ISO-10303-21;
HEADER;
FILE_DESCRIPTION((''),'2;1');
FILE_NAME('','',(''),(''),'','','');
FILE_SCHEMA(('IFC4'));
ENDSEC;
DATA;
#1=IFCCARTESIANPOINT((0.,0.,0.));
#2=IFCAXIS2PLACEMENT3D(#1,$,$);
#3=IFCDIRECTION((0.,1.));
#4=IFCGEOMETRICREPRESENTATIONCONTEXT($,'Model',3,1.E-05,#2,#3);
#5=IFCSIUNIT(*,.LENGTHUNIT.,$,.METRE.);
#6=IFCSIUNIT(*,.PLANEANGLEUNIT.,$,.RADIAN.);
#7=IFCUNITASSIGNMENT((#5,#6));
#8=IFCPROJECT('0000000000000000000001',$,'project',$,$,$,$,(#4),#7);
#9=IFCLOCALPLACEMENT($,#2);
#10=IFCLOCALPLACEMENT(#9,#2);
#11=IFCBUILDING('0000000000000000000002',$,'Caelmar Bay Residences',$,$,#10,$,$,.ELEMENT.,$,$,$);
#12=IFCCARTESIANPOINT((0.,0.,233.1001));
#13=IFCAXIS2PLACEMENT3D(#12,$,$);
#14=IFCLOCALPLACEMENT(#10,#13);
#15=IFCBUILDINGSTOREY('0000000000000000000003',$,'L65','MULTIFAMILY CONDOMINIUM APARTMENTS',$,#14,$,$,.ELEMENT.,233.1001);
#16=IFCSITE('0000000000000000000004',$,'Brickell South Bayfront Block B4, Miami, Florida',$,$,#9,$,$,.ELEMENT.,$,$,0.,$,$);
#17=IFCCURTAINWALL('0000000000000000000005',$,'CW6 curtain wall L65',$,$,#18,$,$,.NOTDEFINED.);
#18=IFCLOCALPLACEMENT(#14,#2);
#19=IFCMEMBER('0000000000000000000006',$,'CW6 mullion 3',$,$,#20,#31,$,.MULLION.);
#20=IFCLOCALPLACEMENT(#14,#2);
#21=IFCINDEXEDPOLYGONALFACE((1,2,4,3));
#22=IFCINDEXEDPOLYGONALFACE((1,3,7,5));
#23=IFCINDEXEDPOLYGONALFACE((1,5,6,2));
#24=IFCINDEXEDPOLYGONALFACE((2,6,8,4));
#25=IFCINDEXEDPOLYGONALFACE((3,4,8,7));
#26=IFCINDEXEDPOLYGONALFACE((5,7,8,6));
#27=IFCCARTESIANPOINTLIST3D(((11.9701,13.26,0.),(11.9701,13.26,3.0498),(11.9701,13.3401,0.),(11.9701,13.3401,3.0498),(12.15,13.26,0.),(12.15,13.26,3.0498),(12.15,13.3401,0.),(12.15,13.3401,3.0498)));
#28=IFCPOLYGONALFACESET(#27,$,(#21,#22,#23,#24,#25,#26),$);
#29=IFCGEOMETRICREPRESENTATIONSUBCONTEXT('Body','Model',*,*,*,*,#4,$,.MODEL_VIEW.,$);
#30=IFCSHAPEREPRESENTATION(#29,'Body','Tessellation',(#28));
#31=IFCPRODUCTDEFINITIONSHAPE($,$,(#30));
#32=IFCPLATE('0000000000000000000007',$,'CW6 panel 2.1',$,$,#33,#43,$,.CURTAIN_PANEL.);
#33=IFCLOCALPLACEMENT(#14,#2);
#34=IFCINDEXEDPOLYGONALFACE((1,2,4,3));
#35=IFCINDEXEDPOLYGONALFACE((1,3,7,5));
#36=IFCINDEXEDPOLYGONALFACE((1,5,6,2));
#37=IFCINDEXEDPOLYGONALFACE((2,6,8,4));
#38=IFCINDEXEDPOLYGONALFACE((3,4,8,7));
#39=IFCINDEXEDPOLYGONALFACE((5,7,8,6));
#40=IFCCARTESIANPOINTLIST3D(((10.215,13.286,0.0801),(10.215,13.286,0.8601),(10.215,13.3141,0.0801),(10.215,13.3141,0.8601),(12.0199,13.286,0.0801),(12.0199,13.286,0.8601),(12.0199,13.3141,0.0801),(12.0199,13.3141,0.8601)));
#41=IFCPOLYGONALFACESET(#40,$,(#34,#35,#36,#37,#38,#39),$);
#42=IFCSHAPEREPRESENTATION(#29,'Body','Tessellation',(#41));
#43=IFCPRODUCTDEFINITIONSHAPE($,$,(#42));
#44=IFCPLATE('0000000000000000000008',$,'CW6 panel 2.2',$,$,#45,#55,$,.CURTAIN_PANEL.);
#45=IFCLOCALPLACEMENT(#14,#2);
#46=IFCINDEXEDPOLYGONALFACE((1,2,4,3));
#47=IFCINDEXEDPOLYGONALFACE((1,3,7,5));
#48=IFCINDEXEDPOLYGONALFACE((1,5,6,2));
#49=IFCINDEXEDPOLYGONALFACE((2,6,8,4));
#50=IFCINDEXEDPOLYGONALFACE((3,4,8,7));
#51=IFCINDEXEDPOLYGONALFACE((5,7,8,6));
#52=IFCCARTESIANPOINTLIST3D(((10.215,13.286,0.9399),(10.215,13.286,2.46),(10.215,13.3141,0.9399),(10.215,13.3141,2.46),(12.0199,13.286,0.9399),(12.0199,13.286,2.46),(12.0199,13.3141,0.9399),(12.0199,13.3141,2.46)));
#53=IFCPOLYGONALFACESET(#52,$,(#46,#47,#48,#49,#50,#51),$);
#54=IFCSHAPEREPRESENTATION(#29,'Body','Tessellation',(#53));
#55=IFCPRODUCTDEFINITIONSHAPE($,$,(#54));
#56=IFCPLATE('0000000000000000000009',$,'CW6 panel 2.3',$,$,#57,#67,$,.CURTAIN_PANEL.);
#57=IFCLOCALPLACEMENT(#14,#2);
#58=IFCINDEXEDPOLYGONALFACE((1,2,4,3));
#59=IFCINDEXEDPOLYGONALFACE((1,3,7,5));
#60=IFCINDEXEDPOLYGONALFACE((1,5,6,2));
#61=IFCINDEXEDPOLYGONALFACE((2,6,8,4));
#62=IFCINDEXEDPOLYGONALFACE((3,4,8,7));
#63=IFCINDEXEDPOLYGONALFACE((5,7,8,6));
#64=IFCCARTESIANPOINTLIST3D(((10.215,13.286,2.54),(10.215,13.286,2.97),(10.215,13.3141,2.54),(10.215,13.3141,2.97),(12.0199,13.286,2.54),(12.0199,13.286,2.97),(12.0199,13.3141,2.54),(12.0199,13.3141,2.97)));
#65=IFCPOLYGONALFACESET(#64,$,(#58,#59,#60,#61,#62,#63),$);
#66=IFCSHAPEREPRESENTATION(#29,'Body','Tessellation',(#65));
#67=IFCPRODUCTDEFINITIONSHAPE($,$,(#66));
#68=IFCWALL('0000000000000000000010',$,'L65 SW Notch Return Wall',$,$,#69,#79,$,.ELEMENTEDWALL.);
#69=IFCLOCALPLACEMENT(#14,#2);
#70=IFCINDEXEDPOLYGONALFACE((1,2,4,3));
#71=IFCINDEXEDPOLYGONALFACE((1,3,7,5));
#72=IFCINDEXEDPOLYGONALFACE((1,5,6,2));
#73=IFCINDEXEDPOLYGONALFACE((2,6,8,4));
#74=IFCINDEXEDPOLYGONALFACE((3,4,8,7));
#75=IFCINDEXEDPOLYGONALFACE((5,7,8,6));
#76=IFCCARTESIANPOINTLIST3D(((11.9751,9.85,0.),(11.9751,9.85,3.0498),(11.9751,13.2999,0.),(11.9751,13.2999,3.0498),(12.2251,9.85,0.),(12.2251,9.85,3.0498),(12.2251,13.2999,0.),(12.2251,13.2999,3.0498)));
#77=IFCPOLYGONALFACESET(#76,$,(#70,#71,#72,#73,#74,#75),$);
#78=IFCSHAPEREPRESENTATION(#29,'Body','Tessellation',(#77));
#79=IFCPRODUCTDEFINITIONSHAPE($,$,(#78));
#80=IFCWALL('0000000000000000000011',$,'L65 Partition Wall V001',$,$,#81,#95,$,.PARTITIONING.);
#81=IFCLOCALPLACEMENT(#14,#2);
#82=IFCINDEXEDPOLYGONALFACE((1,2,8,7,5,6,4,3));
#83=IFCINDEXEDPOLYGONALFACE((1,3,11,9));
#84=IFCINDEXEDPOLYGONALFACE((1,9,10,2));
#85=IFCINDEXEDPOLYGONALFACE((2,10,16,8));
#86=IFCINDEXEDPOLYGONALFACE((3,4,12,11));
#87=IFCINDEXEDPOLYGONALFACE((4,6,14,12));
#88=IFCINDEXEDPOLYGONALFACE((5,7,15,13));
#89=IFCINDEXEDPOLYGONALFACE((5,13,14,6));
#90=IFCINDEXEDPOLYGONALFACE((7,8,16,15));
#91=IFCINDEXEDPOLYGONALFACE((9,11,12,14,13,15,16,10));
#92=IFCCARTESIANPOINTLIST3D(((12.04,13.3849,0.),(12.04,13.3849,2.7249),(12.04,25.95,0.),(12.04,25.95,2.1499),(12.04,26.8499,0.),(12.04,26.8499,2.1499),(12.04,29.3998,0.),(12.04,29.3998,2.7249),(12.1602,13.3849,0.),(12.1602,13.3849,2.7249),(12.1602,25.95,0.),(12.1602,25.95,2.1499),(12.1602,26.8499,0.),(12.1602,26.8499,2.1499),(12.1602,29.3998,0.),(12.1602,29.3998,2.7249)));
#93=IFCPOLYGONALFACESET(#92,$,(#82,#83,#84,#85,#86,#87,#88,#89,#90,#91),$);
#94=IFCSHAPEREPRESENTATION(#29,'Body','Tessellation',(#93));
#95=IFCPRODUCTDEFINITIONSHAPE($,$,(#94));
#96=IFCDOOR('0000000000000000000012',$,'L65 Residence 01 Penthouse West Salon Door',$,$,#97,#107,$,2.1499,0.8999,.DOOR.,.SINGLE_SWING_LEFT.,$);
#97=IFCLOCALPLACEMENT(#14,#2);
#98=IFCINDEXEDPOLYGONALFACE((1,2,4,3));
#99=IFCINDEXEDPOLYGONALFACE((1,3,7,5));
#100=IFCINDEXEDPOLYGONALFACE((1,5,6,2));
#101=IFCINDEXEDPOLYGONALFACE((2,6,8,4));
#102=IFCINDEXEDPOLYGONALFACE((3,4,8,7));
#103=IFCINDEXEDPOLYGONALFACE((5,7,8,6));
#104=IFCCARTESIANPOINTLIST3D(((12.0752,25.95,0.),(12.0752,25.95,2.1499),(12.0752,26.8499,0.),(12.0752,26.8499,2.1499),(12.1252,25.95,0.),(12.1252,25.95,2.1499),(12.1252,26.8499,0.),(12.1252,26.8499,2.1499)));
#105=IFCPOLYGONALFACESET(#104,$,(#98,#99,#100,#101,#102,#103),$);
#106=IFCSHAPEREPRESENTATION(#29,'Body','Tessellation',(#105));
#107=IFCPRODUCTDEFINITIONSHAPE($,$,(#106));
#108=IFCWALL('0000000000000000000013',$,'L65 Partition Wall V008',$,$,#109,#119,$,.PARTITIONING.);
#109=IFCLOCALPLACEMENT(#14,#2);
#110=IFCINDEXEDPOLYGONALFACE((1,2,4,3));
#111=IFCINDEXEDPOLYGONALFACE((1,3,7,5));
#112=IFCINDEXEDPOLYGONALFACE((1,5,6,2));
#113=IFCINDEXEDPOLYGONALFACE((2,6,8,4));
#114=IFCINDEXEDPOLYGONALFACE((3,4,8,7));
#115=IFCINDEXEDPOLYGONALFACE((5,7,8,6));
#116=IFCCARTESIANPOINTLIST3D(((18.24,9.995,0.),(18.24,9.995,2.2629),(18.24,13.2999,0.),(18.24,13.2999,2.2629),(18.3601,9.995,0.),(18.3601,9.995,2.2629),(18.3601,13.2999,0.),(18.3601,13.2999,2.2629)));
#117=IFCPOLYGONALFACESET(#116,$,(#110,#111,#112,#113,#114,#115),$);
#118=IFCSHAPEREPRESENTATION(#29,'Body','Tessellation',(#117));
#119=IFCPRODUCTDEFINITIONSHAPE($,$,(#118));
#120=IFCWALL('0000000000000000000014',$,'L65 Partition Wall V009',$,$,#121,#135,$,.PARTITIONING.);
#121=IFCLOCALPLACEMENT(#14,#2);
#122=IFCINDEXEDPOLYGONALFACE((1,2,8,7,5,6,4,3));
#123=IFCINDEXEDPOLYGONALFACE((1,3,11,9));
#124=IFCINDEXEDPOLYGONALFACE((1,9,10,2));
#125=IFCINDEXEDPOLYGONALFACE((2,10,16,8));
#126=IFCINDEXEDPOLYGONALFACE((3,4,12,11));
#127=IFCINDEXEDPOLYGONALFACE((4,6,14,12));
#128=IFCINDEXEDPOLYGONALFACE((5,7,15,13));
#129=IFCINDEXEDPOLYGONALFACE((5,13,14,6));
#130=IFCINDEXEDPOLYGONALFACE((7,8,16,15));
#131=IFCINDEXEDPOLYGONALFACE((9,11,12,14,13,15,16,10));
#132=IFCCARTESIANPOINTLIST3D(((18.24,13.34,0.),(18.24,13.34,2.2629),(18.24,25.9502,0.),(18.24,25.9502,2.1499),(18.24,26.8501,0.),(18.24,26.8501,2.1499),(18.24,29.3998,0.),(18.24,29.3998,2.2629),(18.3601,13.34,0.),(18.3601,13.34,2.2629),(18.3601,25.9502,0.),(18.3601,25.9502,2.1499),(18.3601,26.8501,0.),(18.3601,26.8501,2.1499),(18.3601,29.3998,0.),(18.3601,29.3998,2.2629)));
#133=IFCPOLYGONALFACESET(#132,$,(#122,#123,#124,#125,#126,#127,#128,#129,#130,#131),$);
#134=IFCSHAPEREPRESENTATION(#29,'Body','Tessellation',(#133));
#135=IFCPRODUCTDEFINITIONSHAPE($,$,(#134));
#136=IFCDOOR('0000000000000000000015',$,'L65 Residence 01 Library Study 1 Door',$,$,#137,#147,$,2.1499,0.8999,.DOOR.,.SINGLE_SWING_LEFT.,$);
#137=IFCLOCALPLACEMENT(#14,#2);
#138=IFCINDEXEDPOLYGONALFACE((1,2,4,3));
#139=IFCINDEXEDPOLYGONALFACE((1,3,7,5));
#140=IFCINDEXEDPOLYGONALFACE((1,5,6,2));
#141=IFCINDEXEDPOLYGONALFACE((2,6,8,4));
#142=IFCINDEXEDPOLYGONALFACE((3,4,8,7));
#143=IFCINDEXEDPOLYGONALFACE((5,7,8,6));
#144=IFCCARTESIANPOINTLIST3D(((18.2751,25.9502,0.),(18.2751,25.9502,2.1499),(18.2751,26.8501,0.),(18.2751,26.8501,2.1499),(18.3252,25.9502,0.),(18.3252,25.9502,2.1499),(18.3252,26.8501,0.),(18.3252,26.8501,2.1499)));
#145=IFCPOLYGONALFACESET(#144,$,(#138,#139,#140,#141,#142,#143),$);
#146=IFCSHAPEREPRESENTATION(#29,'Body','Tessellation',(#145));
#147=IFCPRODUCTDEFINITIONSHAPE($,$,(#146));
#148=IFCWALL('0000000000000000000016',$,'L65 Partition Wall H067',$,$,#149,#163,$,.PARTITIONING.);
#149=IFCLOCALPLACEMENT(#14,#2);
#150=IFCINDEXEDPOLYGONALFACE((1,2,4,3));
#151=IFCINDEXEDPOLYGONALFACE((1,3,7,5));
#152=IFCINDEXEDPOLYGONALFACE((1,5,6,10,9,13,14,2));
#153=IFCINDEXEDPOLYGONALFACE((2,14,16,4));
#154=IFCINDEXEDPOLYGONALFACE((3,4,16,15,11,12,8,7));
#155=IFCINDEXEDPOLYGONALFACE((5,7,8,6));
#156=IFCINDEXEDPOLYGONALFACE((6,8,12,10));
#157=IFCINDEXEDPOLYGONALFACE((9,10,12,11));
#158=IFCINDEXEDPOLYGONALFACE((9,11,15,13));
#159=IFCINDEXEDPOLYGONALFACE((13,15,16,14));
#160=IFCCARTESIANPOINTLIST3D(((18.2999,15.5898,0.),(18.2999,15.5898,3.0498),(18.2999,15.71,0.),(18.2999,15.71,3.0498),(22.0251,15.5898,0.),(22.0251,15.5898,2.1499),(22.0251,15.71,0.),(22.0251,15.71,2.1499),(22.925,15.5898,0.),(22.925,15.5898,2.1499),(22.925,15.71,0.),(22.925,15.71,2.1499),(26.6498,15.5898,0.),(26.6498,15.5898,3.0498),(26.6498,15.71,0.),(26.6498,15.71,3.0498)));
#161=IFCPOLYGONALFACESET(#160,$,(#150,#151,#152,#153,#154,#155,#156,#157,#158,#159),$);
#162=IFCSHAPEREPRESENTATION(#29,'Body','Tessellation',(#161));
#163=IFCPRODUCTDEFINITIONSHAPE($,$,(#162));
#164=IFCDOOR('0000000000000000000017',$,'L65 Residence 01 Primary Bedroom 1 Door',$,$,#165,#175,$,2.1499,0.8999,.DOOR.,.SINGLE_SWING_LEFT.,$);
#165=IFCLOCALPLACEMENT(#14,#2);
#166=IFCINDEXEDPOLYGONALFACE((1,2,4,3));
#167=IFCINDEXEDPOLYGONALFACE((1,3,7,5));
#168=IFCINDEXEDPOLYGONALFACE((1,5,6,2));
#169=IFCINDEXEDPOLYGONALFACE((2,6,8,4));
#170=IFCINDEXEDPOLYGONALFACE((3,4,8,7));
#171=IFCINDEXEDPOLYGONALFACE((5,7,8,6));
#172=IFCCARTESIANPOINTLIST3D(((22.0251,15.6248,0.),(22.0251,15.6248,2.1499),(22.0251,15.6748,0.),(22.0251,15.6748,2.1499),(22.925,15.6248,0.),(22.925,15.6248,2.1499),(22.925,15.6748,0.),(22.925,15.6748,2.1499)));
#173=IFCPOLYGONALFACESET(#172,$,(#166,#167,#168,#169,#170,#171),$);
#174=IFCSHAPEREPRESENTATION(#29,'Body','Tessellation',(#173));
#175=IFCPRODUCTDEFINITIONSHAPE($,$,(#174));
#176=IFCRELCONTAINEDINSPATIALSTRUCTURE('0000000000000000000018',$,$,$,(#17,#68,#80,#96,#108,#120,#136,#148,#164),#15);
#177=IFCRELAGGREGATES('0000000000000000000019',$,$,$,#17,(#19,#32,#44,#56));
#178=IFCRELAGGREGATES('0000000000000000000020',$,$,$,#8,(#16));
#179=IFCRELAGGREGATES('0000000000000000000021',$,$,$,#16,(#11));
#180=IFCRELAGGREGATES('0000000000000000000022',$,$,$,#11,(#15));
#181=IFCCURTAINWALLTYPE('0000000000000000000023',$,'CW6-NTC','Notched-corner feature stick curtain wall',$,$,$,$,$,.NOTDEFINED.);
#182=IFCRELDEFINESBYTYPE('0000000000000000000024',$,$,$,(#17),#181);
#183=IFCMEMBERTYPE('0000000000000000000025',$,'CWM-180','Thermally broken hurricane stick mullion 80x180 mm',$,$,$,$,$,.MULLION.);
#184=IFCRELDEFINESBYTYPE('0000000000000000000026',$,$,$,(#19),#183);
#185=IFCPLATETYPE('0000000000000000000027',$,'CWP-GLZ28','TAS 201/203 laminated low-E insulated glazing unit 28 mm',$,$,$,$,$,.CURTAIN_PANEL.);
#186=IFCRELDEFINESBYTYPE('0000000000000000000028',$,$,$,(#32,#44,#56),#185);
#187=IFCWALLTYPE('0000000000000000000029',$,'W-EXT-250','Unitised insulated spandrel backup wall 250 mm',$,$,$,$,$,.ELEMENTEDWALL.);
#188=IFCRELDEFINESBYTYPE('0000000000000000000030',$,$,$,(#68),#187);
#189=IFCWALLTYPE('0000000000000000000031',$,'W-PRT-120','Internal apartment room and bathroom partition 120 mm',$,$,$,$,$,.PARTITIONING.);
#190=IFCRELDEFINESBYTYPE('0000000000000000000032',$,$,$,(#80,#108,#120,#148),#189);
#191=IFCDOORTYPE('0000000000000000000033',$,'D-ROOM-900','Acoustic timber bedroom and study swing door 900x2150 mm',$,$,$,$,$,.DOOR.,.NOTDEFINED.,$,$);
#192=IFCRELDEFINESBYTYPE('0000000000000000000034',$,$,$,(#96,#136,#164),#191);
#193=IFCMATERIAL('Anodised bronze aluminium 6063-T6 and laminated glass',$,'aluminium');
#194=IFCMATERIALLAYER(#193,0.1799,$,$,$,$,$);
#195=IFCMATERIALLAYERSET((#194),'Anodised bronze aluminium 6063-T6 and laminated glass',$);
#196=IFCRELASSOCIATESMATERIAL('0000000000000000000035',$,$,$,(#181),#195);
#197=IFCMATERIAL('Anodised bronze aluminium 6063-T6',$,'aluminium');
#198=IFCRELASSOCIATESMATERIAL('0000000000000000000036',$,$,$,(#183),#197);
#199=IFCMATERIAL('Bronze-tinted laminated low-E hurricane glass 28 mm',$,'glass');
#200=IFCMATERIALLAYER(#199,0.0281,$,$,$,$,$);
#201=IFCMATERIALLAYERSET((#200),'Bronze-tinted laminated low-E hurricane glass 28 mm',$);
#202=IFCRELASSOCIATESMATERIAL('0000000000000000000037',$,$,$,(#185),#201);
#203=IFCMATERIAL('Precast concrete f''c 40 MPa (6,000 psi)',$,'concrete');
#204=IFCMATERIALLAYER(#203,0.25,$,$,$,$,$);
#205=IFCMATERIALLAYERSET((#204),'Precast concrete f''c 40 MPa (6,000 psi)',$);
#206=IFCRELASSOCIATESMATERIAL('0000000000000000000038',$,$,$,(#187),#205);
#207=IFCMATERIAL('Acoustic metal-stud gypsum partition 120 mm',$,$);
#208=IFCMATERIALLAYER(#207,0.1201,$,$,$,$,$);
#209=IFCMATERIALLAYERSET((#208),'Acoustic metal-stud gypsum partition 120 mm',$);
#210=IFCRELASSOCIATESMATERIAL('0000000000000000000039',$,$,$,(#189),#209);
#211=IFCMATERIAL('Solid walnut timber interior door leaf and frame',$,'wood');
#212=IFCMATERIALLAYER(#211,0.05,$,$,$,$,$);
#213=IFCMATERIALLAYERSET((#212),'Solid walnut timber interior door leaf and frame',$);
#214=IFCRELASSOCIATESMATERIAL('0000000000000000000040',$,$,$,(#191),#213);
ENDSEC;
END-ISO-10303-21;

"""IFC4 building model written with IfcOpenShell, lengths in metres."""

from ifc_helpers import new_model, si_unit, direction, frame, frame_2d, origin, origin_2d, place, context, subcontext, project, spatial, rectangle, extrude, material, layer, layer_set, material_profile, profile_set, type_object, element, fill, aggregate, save


model = new_model("IFC4")

# Units and contexts
model_context = context("Model", 3, precision=1e-05, world=origin(), true_north=direction((0.0, 1.0)))
body_context = subcontext(model_context, "Body", "Model", "MODEL_VIEW")
ifc_project = project(units=[si_unit("LENGTHUNIT", "METRE"), si_unit("PLANEANGLEUNIT", "RADIAN")], contexts=[model_context])

# Site, building, storey
site_placement = place(None, origin())
site = spatial("IfcSite", under=ifc_project, at=site_placement, Name="Brickell South Bayfront Block B4, Miami, Florida", CompositionType="ELEMENT", RefElevation=0.0)
building_placement = place(site_placement, origin())
building = spatial("IfcBuilding", under=site, at=building_placement, Name="Caelmar Bay Residences", CompositionType="ELEMENT")
storey_placement = place(building_placement, frame((0.0, 0.0, 233.1001)))
storey = spatial("IfcBuildingStorey", under=building, at=storey_placement, Name="L65", Description="MULTIFAMILY CONDOMINIUM APARTMENTS", CompositionType="ELEMENT", Elevation=233.1001)

# Curtain wall, member, plates
ifc_material_1 = material(Name="Anodised bronze aluminium 6063-T6 and laminated glass", Category="aluminium")
ifc_layer_1 = layer(ifc_material_1, 0.1799)
ifc_layer_set_1 = layer_set([ifc_layer_1], Name="Anodised bronze aluminium 6063-T6 and laminated glass")
curtain_wall_type = type_object("IfcCurtainWallType", Name="CW6-NTC", Description="Notched-corner feature stick curtain wall", PredefinedType="NOTDEFINED", material=ifc_layer_set_1)
curtain_wall_placement = place(storey_placement, origin())
curtain_wall = element("IfcCurtainWall", 1, at=curtain_wall_placement, inside=storey, type_object=curtain_wall_type, Name="CW6 curtain wall L65", PredefinedType="NOTDEFINED")
ifc_material_2 = material(Name="Anodised bronze aluminium 6063-T6", Category="aluminium")
ifc_material_profile_1 = material_profile(ifc_material_2, rectangle(XDim=0.0801, YDim=0.1799, at=origin_2d()), Name="CWM-80X180")
ifc_profile_set_1 = profile_set([ifc_material_profile_1], Name="Anodised bronze aluminium 6063-T6")
member_type = type_object("IfcMemberType", Name="CWM-180", Description="Thermally broken hurricane stick mullion 80x180 mm", PredefinedType="MULLION", material=ifc_profile_set_1)
member_placement = place(storey_placement, frame((12.0601, 13.3, 0.0), z_axis=(0.0, 0.0, 1.0), x_axis=(0.0, 1.0, 0.0)))
member = element("IfcMember", 2, at=member_placement, type_object=member_type, Name="CW6 mullion 3", PredefinedType="MULLION", context=body_context, shape_type="SweptSolid", body=[
    extrude(rectangle(XDim=0.0801, YDim=0.1799, at=origin_2d()), origin(), (0.0, 0.0, 1.0), 3.0498),
])
ifc_material_3 = material(Name="Bronze-tinted laminated low-E hurricane glass 28 mm", Category="glass")
ifc_layer_2 = layer(ifc_material_3, 0.0281)
ifc_layer_set_2 = layer_set([ifc_layer_2], Name="Bronze-tinted laminated low-E hurricane glass 28 mm")
plate_type = type_object("IfcPlateType", Name="CWP-GLZ28", Description="TAS 201/203 laminated low-E insulated glazing unit 28 mm", PredefinedType="CURTAIN_PANEL", material=ifc_layer_set_2)
plate_1_placement = place(storey_placement, frame((11.1174, 13.3, 0.0801), z_axis=(0.0, 0.0, 1.0), x_axis=(1.0, 0.0, 0.0)))
plate_1 = element("IfcPlate", 3, at=plate_1_placement, type_object=plate_type, Name="CW6 panel 2.1", PredefinedType="CURTAIN_PANEL", context=body_context, shape_type="SweptSolid", body=[
    extrude(rectangle(XDim=1.8049, YDim=0.0281, at=origin_2d()), origin(), (0.0, 0.0, 1.0), 0.78),
])
plate_2_placement = place(storey_placement, frame((11.1174, 13.3, 0.9399), z_axis=(0.0, 0.0, 1.0), x_axis=(1.0, 0.0, 0.0)))
plate_2 = element("IfcPlate", 4, at=plate_2_placement, type_object=plate_type, Name="CW6 panel 2.2", PredefinedType="CURTAIN_PANEL", context=body_context, shape_type="SweptSolid", body=[
    extrude(rectangle(XDim=1.8049, YDim=0.0281, at=origin_2d()), origin(), (0.0, 0.0, 1.0), 1.52),
])
plate_3_placement = place(storey_placement, frame((11.1174, 13.3, 2.54), z_axis=(0.0, 0.0, 1.0), x_axis=(1.0, 0.0, 0.0)))
plate_3 = element("IfcPlate", 5, at=plate_3_placement, type_object=plate_type, Name="CW6 panel 2.3", PredefinedType="CURTAIN_PANEL", context=body_context, shape_type="SweptSolid", body=[
    extrude(rectangle(XDim=1.8049, YDim=0.0281, at=origin_2d()), origin(), (0.0, 0.0, 1.0), 0.4299),
])
aggregate(curtain_wall, [member, plate_1, plate_2, plate_3])

# Wall
ifc_material_4 = material(Name="Precast concrete f'c 40 MPa (6,000 psi)", Category="concrete")
ifc_layer_3 = layer(ifc_material_4, 0.25)
ifc_layer_set_3 = layer_set([ifc_layer_3], Name="Precast concrete f'c 40 MPa (6,000 psi)")
wall_type_1 = type_object("IfcWallType", Name="W-EXT-250", Description="Unitised insulated spandrel backup wall 250 mm", PredefinedType="ELEMENTEDWALL", material=ifc_layer_set_3)
wall_1_placement = place(storey_placement, frame((12.1001, 13.3, 0.0), z_axis=(0.0, 0.0, 1.0), x_axis=(0.0, -1.0, 0.0)))
element("IfcWall", 6, at=wall_1_placement, inside=storey, type_object=wall_type_1, Name="L65 SW Notch Return Wall", PredefinedType="ELEMENTEDWALL", context=body_context, shape_type="SweptSolid", body=[
    extrude(rectangle(XDim=3.45, YDim=0.25, at=frame_2d((1.7251, 0.0))), origin(), (0.0, 0.0, 1.0), 3.0498),
])

# Wall, opening, door
ifc_material_5 = material(Name="Acoustic metal-stud gypsum partition 120 mm")
ifc_layer_4 = layer(ifc_material_5, 0.1201)
ifc_layer_set_4 = layer_set([ifc_layer_4], Name="Acoustic metal-stud gypsum partition 120 mm")
wall_type_2 = type_object("IfcWallType", Name="W-PRT-120", Description="Internal apartment room and bathroom partition 120 mm", PredefinedType="PARTITIONING", material=ifc_layer_set_4)
wall_2_placement = place(storey_placement, frame((12.1001, 13.385, 0.0), z_axis=(0.0, 0.0, 1.0), x_axis=(0.0, 1.0, 0.0)))
wall_2 = element("IfcWall", 7, at=wall_2_placement, inside=storey, type_object=wall_type_2, Name="L65 Partition Wall V001", PredefinedType="PARTITIONING", context=body_context, shape_type="SweptSolid", body=[
    extrude(rectangle(XDim=16.0149, YDim=0.1201, at=frame_2d((8.0073, 0.0))), origin(), (0.0, 0.0, 1.0), 2.7249),
])
opening_1_placement = place(wall_2_placement, frame((12.5649, 0.0, 0.0)))
opening_1 = element("IfcOpeningElement", 8, at=opening_1_placement, cuts=wall_2, PredefinedType="OPENING", context=body_context, shape_type="SweptSolid", body=[
    extrude(rectangle(XDim=0.8999, YDim=2.1499, at=frame_2d((0.45, 1.075))), frame((0.0, 0.0701, 0.0), z_axis=(0.0, -1.0, 0.0), x_axis=(1.0, 0.0, 0.0)), (0.0, 0.0, 1.0), 0.1401),
])
ifc_material_6 = material(Name="Solid walnut timber interior door leaf and frame", Category="wood")
ifc_layer_5 = layer(ifc_material_6, 0.05)
ifc_layer_set_5 = layer_set([ifc_layer_5], Name="Solid walnut timber interior door leaf and frame")
door_type = type_object("IfcDoorType", Name="D-ROOM-900", Description="Acoustic timber bedroom and study swing door 900x2150 mm", OperationType="NOTDEFINED", PredefinedType="DOOR", material=ifc_layer_set_5)
door_1_placement = place(opening_1_placement, origin())
door_1 = element("IfcDoor", 9, at=door_1_placement, inside=storey, type_object=door_type, Name="L65 Residence 01 Penthouse West Salon Door", OperationType="SINGLE_SWING_LEFT", OverallHeight=2.1499, OverallWidth=0.8999, PredefinedType="DOOR", context=body_context, shape_type="SweptSolid", body=[
    extrude(rectangle(XDim=0.8999, YDim=2.1499, at=frame_2d((0.45, 1.075))), frame((0.0, 0.0249, 0.0), z_axis=(0.0, -1.0, 0.0), x_axis=(1.0, 0.0, 0.0)), (0.0, 0.0, 1.0), 0.05),
])
fill(opening_1, door_1)

# Wall
wall_3_placement = place(storey_placement, frame((18.3, 9.9951, 0.0), z_axis=(0.0, 0.0, 1.0), x_axis=(0.0, 1.0, 0.0)))
element("IfcWall", 10, at=wall_3_placement, inside=storey, type_object=wall_type_2, Name="L65 Partition Wall V008", PredefinedType="PARTITIONING", context=body_context, shape_type="SweptSolid", body=[
    extrude(rectangle(XDim=3.3049, YDim=0.1201, at=frame_2d((1.6523, 0.0))), origin(), (0.0, 0.0, 1.0), 2.2629),
])

# Walls, openings, doors
wall_4_placement = place(storey_placement, frame((18.3, 13.3401, 0.0), z_axis=(0.0, 0.0, 1.0), x_axis=(0.0, 1.0, 0.0)))
wall_4 = element("IfcWall", 11, at=wall_4_placement, inside=storey, type_object=wall_type_2, Name="L65 Partition Wall V009", PredefinedType="PARTITIONING", context=body_context, shape_type="SweptSolid", body=[
    extrude(rectangle(XDim=16.0598, YDim=0.1201, at=frame_2d((8.0298, 0.0))), origin(), (0.0, 0.0, 1.0), 2.2629),
])
opening_2_placement = place(wall_4_placement, frame((12.6101, 0.0, 0.0)))
opening_2 = element("IfcOpeningElement", 12, at=opening_2_placement, cuts=wall_4, PredefinedType="OPENING", context=body_context, shape_type="SweptSolid", body=[
    extrude(rectangle(XDim=0.8999, YDim=2.1499, at=frame_2d((0.45, 1.075))), frame((0.0, 0.0701, 0.0), z_axis=(0.0, -1.0, 0.0), x_axis=(1.0, 0.0, 0.0)), (0.0, 0.0, 1.0), 0.1401),
])
door_2_placement = place(opening_2_placement, origin())
door_2 = element("IfcDoor", 13, at=door_2_placement, inside=storey, type_object=door_type, Name="L65 Residence 01 Library Study 1 Door", OperationType="SINGLE_SWING_LEFT", OverallHeight=2.1499, OverallWidth=0.8999, PredefinedType="DOOR", context=body_context, shape_type="SweptSolid", body=[
    extrude(rectangle(XDim=0.8999, YDim=2.1499, at=frame_2d((0.45, 1.075))), frame((0.0, 0.0249, 0.0), z_axis=(0.0, -1.0, 0.0), x_axis=(1.0, 0.0, 0.0)), (0.0, 0.0, 1.0), 0.05),
])
fill(opening_2, door_2)
wall_5_placement = place(storey_placement, frame((18.3, 15.6499, 0.0), z_axis=(0.0, 0.0, 1.0), x_axis=(1.0, 0.0, 0.0)))
wall_5 = element("IfcWall", 14, at=wall_5_placement, inside=storey, type_object=wall_type_2, Name="L65 Partition Wall H067", PredefinedType="PARTITIONING", context=body_context, shape_type="SweptSolid", body=[
    extrude(rectangle(XDim=8.3499, YDim=0.1201, at=frame_2d((4.1748, 0.0))), origin(), (0.0, 0.0, 1.0), 3.0498),
])
opening_3_placement = place(wall_5_placement, frame((3.7251, 0.0, 0.0)))
opening_3 = element("IfcOpeningElement", 15, at=opening_3_placement, cuts=wall_5, PredefinedType="OPENING", context=body_context, shape_type="SweptSolid", body=[
    extrude(rectangle(XDim=0.8999, YDim=2.1499, at=frame_2d((0.45, 1.075))), frame((0.0, 0.0701, 0.0), z_axis=(0.0, -1.0, 0.0), x_axis=(1.0, 0.0, 0.0)), (0.0, 0.0, 1.0), 0.1401),
])
door_3_placement = place(opening_3_placement, origin())
door_3 = element("IfcDoor", 16, at=door_3_placement, inside=storey, type_object=door_type, Name="L65 Residence 01 Primary Bedroom 1 Door", OperationType="SINGLE_SWING_LEFT", OverallHeight=2.1499, OverallWidth=0.8999, PredefinedType="DOOR", context=body_context, shape_type="SweptSolid", body=[
    extrude(rectangle(XDim=0.8999, YDim=2.1499, at=frame_2d((0.45, 1.075))), frame((0.0, 0.0249, 0.0), z_axis=(0.0, -1.0, 0.0), x_axis=(1.0, 0.0, 0.0)), (0.0, 0.0, 1.0), 0.05),
])
fill(opening_3, door_3)

save(model, "model.ifc")
